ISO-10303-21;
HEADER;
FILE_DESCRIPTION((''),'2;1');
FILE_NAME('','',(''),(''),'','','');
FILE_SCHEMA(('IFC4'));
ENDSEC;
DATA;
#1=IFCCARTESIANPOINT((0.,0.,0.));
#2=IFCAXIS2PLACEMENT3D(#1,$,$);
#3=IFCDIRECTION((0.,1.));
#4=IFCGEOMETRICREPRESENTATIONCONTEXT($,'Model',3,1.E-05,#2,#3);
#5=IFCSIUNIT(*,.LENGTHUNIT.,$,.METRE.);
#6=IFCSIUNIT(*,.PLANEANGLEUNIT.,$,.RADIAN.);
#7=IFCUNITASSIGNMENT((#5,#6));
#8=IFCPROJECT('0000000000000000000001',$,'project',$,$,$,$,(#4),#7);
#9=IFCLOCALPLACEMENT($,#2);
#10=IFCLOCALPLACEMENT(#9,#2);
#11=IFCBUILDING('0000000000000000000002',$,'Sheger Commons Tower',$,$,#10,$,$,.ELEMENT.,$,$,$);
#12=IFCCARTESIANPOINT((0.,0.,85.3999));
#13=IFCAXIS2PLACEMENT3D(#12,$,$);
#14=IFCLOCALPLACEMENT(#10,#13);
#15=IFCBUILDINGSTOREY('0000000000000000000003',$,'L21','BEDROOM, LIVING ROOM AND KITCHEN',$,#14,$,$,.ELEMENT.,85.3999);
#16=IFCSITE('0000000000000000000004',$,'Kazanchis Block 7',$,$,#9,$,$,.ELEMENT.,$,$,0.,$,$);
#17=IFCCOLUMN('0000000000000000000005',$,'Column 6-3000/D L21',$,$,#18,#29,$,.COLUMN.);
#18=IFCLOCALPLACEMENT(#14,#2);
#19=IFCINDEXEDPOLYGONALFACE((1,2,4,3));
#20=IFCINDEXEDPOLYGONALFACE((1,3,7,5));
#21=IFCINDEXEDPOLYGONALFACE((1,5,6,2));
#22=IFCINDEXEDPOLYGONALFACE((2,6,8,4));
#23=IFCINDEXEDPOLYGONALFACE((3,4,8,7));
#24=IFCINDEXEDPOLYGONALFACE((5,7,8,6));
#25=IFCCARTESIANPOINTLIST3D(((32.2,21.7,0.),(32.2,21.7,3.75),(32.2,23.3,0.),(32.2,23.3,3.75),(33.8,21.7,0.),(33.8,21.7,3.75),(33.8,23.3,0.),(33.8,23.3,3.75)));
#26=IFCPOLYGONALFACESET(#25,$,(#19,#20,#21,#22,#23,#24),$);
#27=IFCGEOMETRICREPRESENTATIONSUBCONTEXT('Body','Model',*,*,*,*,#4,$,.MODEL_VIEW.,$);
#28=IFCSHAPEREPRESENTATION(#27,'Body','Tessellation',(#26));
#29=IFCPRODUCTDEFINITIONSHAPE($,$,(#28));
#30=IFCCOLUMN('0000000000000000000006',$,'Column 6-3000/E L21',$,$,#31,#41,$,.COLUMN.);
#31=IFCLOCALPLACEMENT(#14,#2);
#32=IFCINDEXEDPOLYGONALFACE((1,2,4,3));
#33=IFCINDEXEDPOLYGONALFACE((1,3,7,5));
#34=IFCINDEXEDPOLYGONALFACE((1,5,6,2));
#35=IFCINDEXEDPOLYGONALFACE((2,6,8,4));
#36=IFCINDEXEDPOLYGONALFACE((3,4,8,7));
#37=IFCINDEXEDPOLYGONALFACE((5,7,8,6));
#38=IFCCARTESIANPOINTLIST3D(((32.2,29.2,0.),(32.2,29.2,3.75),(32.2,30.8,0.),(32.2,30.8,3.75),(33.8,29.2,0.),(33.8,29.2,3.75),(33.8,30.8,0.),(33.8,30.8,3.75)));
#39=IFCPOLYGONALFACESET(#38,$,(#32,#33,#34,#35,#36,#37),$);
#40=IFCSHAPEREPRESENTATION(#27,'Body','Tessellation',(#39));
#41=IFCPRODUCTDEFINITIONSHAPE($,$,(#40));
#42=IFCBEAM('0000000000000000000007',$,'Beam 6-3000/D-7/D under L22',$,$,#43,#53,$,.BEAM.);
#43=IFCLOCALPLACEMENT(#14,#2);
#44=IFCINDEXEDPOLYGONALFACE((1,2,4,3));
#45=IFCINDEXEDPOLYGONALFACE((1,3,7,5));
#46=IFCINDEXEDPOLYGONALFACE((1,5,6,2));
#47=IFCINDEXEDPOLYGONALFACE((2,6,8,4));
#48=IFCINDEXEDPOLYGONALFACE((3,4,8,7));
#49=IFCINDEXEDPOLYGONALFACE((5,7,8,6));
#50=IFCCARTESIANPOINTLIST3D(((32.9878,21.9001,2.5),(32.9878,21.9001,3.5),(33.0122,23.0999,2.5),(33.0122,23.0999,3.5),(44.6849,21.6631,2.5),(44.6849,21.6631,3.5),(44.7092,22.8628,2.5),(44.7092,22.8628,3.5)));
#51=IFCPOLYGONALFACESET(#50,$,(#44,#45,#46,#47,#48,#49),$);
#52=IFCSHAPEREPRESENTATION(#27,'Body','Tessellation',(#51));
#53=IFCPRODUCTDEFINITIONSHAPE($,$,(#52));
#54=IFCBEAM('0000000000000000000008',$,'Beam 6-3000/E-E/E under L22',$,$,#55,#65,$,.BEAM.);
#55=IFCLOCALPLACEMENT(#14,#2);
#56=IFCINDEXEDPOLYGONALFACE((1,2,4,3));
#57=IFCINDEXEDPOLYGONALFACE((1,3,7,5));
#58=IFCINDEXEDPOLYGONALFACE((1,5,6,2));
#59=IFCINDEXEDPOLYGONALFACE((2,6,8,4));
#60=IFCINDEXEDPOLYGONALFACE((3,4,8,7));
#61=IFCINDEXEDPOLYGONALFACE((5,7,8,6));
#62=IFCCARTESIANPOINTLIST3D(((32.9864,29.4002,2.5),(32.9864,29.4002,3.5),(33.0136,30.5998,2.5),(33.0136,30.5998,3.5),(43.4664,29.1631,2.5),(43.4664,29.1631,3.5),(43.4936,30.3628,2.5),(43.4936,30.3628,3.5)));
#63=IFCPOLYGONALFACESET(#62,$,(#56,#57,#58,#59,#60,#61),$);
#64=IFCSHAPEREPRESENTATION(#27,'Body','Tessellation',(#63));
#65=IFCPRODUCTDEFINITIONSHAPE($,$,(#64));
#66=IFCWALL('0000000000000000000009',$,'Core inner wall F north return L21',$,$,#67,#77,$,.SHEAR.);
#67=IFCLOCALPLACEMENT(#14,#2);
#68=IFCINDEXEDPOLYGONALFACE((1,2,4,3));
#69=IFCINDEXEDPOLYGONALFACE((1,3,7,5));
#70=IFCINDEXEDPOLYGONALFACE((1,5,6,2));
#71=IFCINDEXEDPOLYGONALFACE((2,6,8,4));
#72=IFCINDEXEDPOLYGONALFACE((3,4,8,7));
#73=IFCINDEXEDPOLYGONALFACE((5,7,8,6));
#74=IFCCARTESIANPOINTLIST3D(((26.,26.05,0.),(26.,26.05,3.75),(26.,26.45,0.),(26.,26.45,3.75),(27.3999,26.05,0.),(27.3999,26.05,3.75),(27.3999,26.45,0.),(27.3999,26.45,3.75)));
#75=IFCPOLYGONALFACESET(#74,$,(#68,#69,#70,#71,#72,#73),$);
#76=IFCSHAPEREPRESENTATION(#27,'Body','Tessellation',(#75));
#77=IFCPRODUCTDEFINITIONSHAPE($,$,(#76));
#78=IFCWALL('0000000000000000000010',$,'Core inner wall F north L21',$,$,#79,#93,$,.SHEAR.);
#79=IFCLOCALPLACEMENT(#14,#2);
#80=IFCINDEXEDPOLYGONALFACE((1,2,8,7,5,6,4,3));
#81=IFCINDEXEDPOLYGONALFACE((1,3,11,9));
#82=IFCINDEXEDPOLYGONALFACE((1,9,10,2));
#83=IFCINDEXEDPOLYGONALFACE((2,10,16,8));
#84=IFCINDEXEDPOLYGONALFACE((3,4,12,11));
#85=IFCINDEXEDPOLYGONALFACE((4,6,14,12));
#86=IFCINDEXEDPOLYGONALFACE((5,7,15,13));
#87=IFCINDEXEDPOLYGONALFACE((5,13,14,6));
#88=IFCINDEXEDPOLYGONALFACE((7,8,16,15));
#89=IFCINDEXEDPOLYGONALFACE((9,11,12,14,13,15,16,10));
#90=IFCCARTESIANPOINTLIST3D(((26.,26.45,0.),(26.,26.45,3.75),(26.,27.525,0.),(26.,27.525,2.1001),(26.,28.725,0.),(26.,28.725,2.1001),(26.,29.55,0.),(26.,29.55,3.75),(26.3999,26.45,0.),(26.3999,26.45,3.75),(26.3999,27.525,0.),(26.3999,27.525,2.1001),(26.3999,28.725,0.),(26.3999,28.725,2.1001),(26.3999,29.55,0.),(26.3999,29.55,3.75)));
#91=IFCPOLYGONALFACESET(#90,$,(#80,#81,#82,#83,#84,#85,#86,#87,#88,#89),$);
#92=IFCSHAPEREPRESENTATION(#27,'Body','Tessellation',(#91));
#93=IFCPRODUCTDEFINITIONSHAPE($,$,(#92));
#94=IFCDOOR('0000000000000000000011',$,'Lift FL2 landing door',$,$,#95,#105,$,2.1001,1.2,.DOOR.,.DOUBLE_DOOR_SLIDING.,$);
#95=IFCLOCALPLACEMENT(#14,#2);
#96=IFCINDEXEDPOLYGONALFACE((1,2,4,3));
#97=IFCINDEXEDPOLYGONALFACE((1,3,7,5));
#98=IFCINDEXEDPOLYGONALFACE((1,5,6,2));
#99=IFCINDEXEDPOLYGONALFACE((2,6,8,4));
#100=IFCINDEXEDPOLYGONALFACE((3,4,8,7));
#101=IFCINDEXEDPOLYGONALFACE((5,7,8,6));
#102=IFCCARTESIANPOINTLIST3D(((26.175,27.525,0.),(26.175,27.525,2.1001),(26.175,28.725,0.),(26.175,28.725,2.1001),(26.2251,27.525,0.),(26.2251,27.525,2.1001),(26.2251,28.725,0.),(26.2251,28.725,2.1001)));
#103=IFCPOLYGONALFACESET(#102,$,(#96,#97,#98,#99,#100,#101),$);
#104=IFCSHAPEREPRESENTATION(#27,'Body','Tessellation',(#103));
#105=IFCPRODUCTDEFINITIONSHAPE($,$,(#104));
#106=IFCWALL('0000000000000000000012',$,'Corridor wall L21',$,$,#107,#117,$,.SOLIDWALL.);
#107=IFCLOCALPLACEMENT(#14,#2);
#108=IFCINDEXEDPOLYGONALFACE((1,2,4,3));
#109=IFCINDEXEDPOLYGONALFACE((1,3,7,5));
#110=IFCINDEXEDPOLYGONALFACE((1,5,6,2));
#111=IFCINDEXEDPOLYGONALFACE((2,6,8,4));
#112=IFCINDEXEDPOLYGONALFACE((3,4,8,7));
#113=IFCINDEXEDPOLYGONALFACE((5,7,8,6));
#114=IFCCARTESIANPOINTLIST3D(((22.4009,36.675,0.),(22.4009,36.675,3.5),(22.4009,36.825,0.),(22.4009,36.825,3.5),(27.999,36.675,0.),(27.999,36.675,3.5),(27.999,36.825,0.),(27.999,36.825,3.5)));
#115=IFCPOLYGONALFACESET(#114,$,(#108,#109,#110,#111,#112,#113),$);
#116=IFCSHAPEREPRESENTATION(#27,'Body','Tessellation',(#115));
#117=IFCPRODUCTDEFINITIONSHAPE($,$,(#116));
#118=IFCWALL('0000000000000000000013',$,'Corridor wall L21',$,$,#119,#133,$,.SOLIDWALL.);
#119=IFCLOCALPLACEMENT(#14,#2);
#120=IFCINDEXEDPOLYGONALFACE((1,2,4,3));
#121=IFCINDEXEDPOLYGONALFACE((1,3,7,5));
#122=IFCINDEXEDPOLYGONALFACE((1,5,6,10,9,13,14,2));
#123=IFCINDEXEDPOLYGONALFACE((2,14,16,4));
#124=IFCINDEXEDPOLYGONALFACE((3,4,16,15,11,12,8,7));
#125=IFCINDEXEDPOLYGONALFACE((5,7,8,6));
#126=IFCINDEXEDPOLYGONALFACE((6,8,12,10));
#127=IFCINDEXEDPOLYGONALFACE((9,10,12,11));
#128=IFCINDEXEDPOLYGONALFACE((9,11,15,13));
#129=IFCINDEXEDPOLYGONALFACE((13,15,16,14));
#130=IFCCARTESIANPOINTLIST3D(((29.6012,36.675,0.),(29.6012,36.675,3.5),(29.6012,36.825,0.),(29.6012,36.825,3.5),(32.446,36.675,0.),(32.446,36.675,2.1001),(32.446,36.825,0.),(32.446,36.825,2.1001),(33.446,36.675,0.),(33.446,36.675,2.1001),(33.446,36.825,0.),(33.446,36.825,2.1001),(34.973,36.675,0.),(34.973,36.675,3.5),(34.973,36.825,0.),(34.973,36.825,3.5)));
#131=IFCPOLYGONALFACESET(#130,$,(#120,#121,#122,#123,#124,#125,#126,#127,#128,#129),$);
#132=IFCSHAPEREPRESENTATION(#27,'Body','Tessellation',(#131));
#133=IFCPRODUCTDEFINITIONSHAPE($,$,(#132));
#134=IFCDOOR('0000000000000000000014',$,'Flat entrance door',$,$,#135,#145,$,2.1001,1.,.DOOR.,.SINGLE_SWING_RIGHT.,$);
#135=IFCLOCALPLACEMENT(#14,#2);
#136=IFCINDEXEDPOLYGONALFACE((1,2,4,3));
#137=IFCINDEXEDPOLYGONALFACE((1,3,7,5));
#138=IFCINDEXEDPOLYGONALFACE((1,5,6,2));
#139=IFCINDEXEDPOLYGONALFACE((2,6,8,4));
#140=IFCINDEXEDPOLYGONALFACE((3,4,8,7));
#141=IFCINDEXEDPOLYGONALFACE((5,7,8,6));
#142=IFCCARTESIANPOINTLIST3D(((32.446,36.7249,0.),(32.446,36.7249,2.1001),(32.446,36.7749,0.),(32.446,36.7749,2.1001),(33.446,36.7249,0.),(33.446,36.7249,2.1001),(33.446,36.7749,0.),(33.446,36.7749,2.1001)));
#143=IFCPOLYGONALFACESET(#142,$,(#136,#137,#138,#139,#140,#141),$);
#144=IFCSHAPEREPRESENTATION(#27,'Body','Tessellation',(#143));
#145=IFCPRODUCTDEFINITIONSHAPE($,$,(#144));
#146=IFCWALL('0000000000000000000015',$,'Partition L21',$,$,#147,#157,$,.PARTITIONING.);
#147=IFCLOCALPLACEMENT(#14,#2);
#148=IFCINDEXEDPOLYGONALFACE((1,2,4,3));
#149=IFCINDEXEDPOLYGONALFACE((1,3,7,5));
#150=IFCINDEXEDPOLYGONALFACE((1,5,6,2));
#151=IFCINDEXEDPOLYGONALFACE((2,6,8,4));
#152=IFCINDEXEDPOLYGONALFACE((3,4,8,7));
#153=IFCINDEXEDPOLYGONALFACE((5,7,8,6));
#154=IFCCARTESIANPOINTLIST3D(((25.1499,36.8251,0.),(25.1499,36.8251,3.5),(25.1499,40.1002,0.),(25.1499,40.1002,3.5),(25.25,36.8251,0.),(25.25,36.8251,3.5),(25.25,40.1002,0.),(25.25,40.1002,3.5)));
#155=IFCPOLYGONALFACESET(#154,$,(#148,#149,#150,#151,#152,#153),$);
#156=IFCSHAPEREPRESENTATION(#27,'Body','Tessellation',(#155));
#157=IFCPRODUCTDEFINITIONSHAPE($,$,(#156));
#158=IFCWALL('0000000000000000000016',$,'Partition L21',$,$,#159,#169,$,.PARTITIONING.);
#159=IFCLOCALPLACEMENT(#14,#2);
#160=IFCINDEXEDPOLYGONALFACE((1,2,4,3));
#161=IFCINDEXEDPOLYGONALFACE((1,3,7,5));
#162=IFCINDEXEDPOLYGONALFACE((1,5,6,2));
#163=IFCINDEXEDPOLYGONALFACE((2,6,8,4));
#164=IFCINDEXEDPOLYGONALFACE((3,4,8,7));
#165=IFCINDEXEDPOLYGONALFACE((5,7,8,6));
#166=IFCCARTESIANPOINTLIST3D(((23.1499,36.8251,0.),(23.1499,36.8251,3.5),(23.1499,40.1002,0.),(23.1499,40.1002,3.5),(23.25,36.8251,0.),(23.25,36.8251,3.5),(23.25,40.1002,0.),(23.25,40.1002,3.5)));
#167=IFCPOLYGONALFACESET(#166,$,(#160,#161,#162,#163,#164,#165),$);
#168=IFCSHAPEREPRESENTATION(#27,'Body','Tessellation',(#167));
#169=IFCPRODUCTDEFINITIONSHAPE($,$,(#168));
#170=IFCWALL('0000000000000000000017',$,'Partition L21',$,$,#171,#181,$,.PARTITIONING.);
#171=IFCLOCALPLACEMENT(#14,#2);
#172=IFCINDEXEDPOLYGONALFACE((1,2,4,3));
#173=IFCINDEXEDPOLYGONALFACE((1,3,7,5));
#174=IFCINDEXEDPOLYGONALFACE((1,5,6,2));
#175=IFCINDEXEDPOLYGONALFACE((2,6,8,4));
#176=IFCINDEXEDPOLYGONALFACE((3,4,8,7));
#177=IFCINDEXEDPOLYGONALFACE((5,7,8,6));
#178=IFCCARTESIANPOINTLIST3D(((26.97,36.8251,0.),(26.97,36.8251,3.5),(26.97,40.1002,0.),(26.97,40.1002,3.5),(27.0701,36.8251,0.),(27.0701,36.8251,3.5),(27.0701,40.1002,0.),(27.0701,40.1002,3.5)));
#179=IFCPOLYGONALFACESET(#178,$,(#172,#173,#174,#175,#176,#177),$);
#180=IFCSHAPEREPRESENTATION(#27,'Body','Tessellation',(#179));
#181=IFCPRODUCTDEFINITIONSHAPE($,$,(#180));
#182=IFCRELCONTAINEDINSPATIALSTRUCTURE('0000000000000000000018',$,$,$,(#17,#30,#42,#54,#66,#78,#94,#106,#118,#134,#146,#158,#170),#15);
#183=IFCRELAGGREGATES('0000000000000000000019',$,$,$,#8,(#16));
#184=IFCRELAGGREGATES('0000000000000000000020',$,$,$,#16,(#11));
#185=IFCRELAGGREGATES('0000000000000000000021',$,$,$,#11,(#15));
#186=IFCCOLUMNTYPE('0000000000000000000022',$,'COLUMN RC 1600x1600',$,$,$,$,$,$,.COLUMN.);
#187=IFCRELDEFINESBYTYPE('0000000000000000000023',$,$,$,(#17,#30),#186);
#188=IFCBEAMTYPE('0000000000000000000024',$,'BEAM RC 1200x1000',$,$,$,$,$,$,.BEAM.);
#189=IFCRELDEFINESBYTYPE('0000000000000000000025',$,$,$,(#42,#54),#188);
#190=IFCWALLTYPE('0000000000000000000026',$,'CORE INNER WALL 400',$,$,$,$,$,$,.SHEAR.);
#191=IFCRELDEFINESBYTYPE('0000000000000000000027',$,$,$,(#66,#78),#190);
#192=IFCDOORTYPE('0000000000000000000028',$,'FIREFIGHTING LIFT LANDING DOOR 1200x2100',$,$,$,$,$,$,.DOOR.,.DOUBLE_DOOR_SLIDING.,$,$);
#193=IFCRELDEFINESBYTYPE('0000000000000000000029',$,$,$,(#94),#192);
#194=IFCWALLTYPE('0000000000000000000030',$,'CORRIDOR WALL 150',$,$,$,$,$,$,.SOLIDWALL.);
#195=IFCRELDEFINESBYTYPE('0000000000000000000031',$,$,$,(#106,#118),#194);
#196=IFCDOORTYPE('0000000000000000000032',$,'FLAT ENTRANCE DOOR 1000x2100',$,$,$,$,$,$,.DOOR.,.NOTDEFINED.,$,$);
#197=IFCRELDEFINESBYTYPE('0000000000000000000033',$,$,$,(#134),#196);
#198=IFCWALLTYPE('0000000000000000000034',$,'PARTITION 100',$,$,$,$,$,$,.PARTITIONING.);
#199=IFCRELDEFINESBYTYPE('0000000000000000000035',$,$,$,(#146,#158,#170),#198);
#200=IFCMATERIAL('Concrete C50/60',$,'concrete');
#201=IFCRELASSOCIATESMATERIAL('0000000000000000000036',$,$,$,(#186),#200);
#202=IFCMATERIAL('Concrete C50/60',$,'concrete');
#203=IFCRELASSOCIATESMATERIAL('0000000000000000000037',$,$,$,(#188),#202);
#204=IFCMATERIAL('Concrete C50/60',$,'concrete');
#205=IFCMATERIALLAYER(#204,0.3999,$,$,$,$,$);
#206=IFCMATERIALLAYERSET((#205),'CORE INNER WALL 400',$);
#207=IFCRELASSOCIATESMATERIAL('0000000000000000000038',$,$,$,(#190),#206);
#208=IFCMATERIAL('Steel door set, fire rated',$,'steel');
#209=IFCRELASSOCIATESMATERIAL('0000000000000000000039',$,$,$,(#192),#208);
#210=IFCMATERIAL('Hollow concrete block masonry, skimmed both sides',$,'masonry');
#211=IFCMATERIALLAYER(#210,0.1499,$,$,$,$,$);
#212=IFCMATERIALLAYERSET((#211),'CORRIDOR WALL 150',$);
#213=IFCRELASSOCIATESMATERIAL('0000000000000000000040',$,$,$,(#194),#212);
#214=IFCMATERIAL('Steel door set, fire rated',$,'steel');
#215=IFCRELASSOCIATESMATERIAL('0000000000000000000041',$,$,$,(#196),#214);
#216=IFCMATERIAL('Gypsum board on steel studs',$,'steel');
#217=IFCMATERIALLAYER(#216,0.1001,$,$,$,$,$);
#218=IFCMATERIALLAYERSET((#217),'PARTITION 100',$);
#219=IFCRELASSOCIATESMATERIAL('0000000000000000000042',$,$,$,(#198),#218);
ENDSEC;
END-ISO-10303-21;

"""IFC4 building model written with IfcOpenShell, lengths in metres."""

from ifc_helpers import new_model, si_unit, direction, frame, frame_2d, origin, origin_2d, place, context, subcontext, project, spatial, rectangle, extrude, material, layer, layer_set, material_profile, profile_set, type_object, element, fill, save


model = new_model("IFC4")

# Units and contexts
model_context = context("Model", 3, precision=1e-05, world=origin(), true_north=direction((0.0, 1.0)))
body_context = subcontext(model_context, "Body", "Model", "MODEL_VIEW")
ifc_project = project(units=[si_unit("LENGTHUNIT", "METRE"), si_unit("PLANEANGLEUNIT", "RADIAN")], contexts=[model_context])

# Site, building, storey
site_placement = place(None, origin())
site = spatial("IfcSite", under=ifc_project, at=site_placement, Name="Kazanchis Block 7", CompositionType="ELEMENT", RefElevation=0.0)
building_placement = place(site_placement, origin())
building = spatial("IfcBuilding", under=site, at=building_placement, Name="Sheger Commons Tower", CompositionType="ELEMENT")
storey_placement = place(building_placement, frame((0.0, 0.0, 85.3999)))
storey = spatial("IfcBuildingStorey", under=building, at=storey_placement, Name="L21", Description="BEDROOM, LIVING ROOM AND KITCHEN", CompositionType="ELEMENT", Elevation=85.3999)

# Columns
ifc_material_1 = material(Name="Concrete C50/60", Category="concrete")
ifc_material_profile_1 = material_profile(ifc_material_1, rectangle(XDim=1.6001, YDim=1.6001, at=origin_2d()), Name="RC 1600x1600")
ifc_profile_set_1 = profile_set([ifc_material_profile_1], Name="Concrete C50/60")
column_type = type_object("IfcColumnType", Name="COLUMN RC 1600x1600", PredefinedType="COLUMN", material=ifc_profile_set_1)
for number, where, z_axis, x_axis, name in (
    (1, (33.0, 22.5, 0.0), (0.0, 0.0, 1.0), (1.0, 0.0, 0.0), "Column 6-3000/D L21"),
    (2, (33.0, 30.0, 0.0), (0.0, 0.0, 1.0), (1.0, 0.0, 0.0), "Column 6-3000/E L21"),
):
    element("IfcColumn", number, at=place(storey_placement, frame(where, z_axis=z_axis, x_axis=x_axis)), inside=storey, type_object=column_type, Name=name, PredefinedType="COLUMN", context=body_context, shape_type="SweptSolid", body=[
        extrude(rectangle(XDim=1.6001, YDim=1.6001, at=origin_2d()), origin(), (0.0, 0.0, 1.0), 3.75),
    ])

# Beams
ifc_material_2 = material(Name="Concrete C50/60", Category="concrete")
ifc_material_profile_2 = material_profile(ifc_material_2, rectangle(XDim=1.2, YDim=1.0, at=origin_2d()), Name="RC 1200x1000")
ifc_profile_set_2 = profile_set([ifc_material_profile_2], Name="Concrete C50/60")
beam_type = type_object("IfcBeamType", Name="BEAM RC 1200x1000", PredefinedType="BEAM", material=ifc_profile_set_2)
beam_1_placement = place(storey_placement, frame((33.0, 22.5, 3.0), z_axis=(0.999795, -0.020263, 0.0), x_axis=(0.020263, 0.999795, 0.0)))
element("IfcBeam", 3, at=beam_1_placement, inside=storey, type_object=beam_type, Name="Beam 6-3000/D-7/D under L22", PredefinedType="BEAM", context=body_context, shape_type="SweptSolid", body=[
    extrude(rectangle(XDim=1.2, YDim=1.0, at=origin_2d()), origin(), (0.0, 0.0, 1.0), 11.6995),
])
beam_2_placement = place(storey_placement, frame((33.0, 30.0, 3.0), z_axis=(0.999744, -0.022615, 0.0), x_axis=(0.022615, 0.999744, 0.0)))
element("IfcBeam", 4, at=beam_2_placement, inside=storey, type_object=beam_type, Name="Beam 6-3000/E-E/E under L22", PredefinedType="BEAM", context=body_context, shape_type="SweptSolid", body=[
    extrude(rectangle(XDim=1.2, YDim=1.0, at=origin_2d()), origin(), (0.0, 0.0, 1.0), 10.4827),
])

# Wall
ifc_material_3 = material(Name="Concrete C50/60", Category="concrete")
ifc_layer_1 = layer(ifc_material_3, 0.3999)
ifc_layer_set_1 = layer_set([ifc_layer_1], Name="CORE INNER WALL 400")
wall_type_1 = type_object("IfcWallType", Name="CORE INNER WALL 400", PredefinedType="SHEAR", material=ifc_layer_set_1)
wall_1_placement = place(storey_placement, frame((26.0, 26.25, 0.0), z_axis=(0.0, 0.0, 1.0), x_axis=(1.0, 0.0, 0.0)))
element("IfcWall", 5, at=wall_1_placement, inside=storey, type_object=wall_type_1, Name="Core inner wall F north return L21", PredefinedType="SHEAR", context=body_context, shape_type="SweptSolid", body=[
    extrude(rectangle(XDim=1.3999, YDim=0.3999, at=frame_2d((0.7, 0.0))), origin(), (0.0, 0.0, 1.0), 3.75),
])

# Wall, opening, door
wall_2_placement = place(storey_placement, frame((26.2, 26.45, 0.0), z_axis=(0.0, 0.0, 1.0), x_axis=(0.0, 1.0, 0.0)))
wall_2 = element("IfcWall", 6, at=wall_2_placement, inside=storey, type_object=wall_type_1, Name="Core inner wall F north L21", PredefinedType="SHEAR", context=body_context, shape_type="SweptSolid", body=[
    extrude(rectangle(XDim=3.1001, YDim=0.3999, at=frame_2d((1.55, 0.0))), origin(), (0.0, 0.0, 1.0), 3.75),
])
opening_1_placement = place(wall_2_placement, frame((1.075, 0.0, 0.0)))
opening_1 = element("IfcOpeningElement", 7, at=opening_1_placement, cuts=wall_2, PredefinedType="OPENING", context=body_context, shape_type="SweptSolid", body=[
    extrude(rectangle(XDim=1.2, YDim=2.1001, at=frame_2d((0.6001, 1.05))), frame((0.0, 0.21, 0.0), z_axis=(0.0, -1.0, 0.0), x_axis=(1.0, 0.0, 0.0)), (0.0, 0.0, 1.0), 0.4199),
])
ifc_material_4 = material(Name="Steel door set, fire rated", Category="steel")
door_type_1 = type_object("IfcDoorType", Name="FIREFIGHTING LIFT LANDING DOOR 1200x2100", OperationType="DOUBLE_DOOR_SLIDING", PredefinedType="DOOR", material=ifc_material_4)
door_1_placement = place(opening_1_placement, origin())
door_1 = element("IfcDoor", 8, at=door_1_placement, inside=storey, type_object=door_type_1, Name="Lift FL2 landing door", OperationType="DOUBLE_DOOR_SLIDING", OverallHeight=2.1001, OverallWidth=1.2, PredefinedType="DOOR", context=body_context, shape_type="SweptSolid", body=[
    extrude(rectangle(XDim=1.2, YDim=2.1001, at=frame_2d((0.6001, 1.05))), frame((0.0, 0.0249, 0.0), z_axis=(0.0, -1.0, 0.0), x_axis=(1.0, 0.0, 0.0)), (0.0, 0.0, 1.0), 0.05),
])
fill(opening_1, door_1)

# Wall
ifc_material_5 = material(Name="Hollow concrete block masonry, skimmed both sides", Category="masonry")
ifc_layer_2 = layer(ifc_material_5, 0.1499)
ifc_layer_set_2 = layer_set([ifc_layer_2], Name="CORRIDOR WALL 150")
wall_type_2 = type_object("IfcWallType", Name="CORRIDOR WALL 150", PredefinedType="SOLIDWALL", material=ifc_layer_set_2)
wall_3_placement = place(storey_placement, frame((22.4009, 36.75, 0.0), z_axis=(0.0, 0.0, 1.0), x_axis=(1.0, 0.0, 0.0)))
element("IfcWall", 9, at=wall_3_placement, inside=storey, type_object=wall_type_2, Name="Corridor wall L21", PredefinedType="SOLIDWALL", context=body_context, shape_type="SweptSolid", body=[
    extrude(rectangle(XDim=5.5981, YDim=0.1499, at=frame_2d((2.7991, 0.0))), origin(), (0.0, 0.0, 1.0), 3.5),
])

# Wall, opening, door
wall_4_placement = place(storey_placement, frame((29.6011, 36.75, 0.0), z_axis=(0.0, 0.0, 1.0), x_axis=(1.0, 0.0, 0.0)))
wall_4 = element("IfcWall", 10, at=wall_4_placement, inside=storey, type_object=wall_type_2, Name="Corridor wall L21", PredefinedType="SOLIDWALL", context=body_context, shape_type="SweptSolid", body=[
    extrude(rectangle(XDim=5.3718, YDim=0.1499, at=frame_2d((2.686, 0.0))), origin(), (0.0, 0.0, 1.0), 3.5),
])
opening_2_placement = place(wall_4_placement, frame((2.845, 0.0, 0.0)))
opening_2 = element("IfcOpeningElement", 11, at=opening_2_placement, cuts=wall_4, PredefinedType="OPENING", context=body_context, shape_type="SweptSolid", body=[
    extrude(rectangle(XDim=1.0, YDim=2.1001, at=frame_2d((0.5, 1.05))), frame((0.0, 0.085, 0.0), z_axis=(0.0, -1.0, 0.0), x_axis=(1.0, 0.0, 0.0)), (0.0, 0.0, 1.0), 0.1699),
])
ifc_material_6 = material(Name="Steel door set, fire rated", Category="steel")
door_type_2 = type_object("IfcDoorType", Name="FLAT ENTRANCE DOOR 1000x2100", OperationType="NOTDEFINED", PredefinedType="DOOR", material=ifc_material_6)
door_2_placement = place(opening_2_placement, origin())
door_2 = element("IfcDoor", 12, at=door_2_placement, inside=storey, type_object=door_type_2, Name="Flat entrance door", OperationType="SINGLE_SWING_RIGHT", OverallHeight=2.1001, OverallWidth=1.0, PredefinedType="DOOR", context=body_context, shape_type="SweptSolid", body=[
    extrude(rectangle(XDim=1.0, YDim=2.1001, at=frame_2d((0.5, 1.05))), frame((0.0, 0.0249, 0.0), z_axis=(0.0, -1.0, 0.0), x_axis=(1.0, 0.0, 0.0)), (0.0, 0.0, 1.0), 0.05),
])
fill(opening_2, door_2)

# Walls
ifc_material_7 = material(Name="Gypsum board on steel studs", Category="steel")
ifc_layer_3 = layer(ifc_material_7, 0.1001)
ifc_layer_set_3 = layer_set([ifc_layer_3], Name="PARTITION 100")
wall_type_3 = type_object("IfcWallType", Name="PARTITION 100", PredefinedType="PARTITIONING", material=ifc_layer_set_3)
for number, where, z_axis, x_axis, name in (
    (13, (25.2, 36.825, 0.0), (0.0, 0.0, 1.0), (0.0, 1.0, 0.0), "Partition L21"),
    (14, (23.2, 36.825, 0.0), (0.0, 0.0, 1.0), (0.0, 1.0, 0.0), "Partition L21"),
    (15, (27.02, 36.825, 0.0), (0.0, 0.0, 1.0), (0.0, 1.0, 0.0), "Partition L21"),
):
    element("IfcWall", number, at=place(storey_placement, frame(where, z_axis=z_axis, x_axis=x_axis)), inside=storey, type_object=wall_type_3, Name=name, PredefinedType="PARTITIONING", context=body_context, shape_type="SweptSolid", body=[
        extrude(rectangle(XDim=3.2751, YDim=0.1001, at=frame_2d((1.6377, 0.0))), origin(), (0.0, 0.0, 1.0), 3.5),
    ])

save(model, "model.ifc")
